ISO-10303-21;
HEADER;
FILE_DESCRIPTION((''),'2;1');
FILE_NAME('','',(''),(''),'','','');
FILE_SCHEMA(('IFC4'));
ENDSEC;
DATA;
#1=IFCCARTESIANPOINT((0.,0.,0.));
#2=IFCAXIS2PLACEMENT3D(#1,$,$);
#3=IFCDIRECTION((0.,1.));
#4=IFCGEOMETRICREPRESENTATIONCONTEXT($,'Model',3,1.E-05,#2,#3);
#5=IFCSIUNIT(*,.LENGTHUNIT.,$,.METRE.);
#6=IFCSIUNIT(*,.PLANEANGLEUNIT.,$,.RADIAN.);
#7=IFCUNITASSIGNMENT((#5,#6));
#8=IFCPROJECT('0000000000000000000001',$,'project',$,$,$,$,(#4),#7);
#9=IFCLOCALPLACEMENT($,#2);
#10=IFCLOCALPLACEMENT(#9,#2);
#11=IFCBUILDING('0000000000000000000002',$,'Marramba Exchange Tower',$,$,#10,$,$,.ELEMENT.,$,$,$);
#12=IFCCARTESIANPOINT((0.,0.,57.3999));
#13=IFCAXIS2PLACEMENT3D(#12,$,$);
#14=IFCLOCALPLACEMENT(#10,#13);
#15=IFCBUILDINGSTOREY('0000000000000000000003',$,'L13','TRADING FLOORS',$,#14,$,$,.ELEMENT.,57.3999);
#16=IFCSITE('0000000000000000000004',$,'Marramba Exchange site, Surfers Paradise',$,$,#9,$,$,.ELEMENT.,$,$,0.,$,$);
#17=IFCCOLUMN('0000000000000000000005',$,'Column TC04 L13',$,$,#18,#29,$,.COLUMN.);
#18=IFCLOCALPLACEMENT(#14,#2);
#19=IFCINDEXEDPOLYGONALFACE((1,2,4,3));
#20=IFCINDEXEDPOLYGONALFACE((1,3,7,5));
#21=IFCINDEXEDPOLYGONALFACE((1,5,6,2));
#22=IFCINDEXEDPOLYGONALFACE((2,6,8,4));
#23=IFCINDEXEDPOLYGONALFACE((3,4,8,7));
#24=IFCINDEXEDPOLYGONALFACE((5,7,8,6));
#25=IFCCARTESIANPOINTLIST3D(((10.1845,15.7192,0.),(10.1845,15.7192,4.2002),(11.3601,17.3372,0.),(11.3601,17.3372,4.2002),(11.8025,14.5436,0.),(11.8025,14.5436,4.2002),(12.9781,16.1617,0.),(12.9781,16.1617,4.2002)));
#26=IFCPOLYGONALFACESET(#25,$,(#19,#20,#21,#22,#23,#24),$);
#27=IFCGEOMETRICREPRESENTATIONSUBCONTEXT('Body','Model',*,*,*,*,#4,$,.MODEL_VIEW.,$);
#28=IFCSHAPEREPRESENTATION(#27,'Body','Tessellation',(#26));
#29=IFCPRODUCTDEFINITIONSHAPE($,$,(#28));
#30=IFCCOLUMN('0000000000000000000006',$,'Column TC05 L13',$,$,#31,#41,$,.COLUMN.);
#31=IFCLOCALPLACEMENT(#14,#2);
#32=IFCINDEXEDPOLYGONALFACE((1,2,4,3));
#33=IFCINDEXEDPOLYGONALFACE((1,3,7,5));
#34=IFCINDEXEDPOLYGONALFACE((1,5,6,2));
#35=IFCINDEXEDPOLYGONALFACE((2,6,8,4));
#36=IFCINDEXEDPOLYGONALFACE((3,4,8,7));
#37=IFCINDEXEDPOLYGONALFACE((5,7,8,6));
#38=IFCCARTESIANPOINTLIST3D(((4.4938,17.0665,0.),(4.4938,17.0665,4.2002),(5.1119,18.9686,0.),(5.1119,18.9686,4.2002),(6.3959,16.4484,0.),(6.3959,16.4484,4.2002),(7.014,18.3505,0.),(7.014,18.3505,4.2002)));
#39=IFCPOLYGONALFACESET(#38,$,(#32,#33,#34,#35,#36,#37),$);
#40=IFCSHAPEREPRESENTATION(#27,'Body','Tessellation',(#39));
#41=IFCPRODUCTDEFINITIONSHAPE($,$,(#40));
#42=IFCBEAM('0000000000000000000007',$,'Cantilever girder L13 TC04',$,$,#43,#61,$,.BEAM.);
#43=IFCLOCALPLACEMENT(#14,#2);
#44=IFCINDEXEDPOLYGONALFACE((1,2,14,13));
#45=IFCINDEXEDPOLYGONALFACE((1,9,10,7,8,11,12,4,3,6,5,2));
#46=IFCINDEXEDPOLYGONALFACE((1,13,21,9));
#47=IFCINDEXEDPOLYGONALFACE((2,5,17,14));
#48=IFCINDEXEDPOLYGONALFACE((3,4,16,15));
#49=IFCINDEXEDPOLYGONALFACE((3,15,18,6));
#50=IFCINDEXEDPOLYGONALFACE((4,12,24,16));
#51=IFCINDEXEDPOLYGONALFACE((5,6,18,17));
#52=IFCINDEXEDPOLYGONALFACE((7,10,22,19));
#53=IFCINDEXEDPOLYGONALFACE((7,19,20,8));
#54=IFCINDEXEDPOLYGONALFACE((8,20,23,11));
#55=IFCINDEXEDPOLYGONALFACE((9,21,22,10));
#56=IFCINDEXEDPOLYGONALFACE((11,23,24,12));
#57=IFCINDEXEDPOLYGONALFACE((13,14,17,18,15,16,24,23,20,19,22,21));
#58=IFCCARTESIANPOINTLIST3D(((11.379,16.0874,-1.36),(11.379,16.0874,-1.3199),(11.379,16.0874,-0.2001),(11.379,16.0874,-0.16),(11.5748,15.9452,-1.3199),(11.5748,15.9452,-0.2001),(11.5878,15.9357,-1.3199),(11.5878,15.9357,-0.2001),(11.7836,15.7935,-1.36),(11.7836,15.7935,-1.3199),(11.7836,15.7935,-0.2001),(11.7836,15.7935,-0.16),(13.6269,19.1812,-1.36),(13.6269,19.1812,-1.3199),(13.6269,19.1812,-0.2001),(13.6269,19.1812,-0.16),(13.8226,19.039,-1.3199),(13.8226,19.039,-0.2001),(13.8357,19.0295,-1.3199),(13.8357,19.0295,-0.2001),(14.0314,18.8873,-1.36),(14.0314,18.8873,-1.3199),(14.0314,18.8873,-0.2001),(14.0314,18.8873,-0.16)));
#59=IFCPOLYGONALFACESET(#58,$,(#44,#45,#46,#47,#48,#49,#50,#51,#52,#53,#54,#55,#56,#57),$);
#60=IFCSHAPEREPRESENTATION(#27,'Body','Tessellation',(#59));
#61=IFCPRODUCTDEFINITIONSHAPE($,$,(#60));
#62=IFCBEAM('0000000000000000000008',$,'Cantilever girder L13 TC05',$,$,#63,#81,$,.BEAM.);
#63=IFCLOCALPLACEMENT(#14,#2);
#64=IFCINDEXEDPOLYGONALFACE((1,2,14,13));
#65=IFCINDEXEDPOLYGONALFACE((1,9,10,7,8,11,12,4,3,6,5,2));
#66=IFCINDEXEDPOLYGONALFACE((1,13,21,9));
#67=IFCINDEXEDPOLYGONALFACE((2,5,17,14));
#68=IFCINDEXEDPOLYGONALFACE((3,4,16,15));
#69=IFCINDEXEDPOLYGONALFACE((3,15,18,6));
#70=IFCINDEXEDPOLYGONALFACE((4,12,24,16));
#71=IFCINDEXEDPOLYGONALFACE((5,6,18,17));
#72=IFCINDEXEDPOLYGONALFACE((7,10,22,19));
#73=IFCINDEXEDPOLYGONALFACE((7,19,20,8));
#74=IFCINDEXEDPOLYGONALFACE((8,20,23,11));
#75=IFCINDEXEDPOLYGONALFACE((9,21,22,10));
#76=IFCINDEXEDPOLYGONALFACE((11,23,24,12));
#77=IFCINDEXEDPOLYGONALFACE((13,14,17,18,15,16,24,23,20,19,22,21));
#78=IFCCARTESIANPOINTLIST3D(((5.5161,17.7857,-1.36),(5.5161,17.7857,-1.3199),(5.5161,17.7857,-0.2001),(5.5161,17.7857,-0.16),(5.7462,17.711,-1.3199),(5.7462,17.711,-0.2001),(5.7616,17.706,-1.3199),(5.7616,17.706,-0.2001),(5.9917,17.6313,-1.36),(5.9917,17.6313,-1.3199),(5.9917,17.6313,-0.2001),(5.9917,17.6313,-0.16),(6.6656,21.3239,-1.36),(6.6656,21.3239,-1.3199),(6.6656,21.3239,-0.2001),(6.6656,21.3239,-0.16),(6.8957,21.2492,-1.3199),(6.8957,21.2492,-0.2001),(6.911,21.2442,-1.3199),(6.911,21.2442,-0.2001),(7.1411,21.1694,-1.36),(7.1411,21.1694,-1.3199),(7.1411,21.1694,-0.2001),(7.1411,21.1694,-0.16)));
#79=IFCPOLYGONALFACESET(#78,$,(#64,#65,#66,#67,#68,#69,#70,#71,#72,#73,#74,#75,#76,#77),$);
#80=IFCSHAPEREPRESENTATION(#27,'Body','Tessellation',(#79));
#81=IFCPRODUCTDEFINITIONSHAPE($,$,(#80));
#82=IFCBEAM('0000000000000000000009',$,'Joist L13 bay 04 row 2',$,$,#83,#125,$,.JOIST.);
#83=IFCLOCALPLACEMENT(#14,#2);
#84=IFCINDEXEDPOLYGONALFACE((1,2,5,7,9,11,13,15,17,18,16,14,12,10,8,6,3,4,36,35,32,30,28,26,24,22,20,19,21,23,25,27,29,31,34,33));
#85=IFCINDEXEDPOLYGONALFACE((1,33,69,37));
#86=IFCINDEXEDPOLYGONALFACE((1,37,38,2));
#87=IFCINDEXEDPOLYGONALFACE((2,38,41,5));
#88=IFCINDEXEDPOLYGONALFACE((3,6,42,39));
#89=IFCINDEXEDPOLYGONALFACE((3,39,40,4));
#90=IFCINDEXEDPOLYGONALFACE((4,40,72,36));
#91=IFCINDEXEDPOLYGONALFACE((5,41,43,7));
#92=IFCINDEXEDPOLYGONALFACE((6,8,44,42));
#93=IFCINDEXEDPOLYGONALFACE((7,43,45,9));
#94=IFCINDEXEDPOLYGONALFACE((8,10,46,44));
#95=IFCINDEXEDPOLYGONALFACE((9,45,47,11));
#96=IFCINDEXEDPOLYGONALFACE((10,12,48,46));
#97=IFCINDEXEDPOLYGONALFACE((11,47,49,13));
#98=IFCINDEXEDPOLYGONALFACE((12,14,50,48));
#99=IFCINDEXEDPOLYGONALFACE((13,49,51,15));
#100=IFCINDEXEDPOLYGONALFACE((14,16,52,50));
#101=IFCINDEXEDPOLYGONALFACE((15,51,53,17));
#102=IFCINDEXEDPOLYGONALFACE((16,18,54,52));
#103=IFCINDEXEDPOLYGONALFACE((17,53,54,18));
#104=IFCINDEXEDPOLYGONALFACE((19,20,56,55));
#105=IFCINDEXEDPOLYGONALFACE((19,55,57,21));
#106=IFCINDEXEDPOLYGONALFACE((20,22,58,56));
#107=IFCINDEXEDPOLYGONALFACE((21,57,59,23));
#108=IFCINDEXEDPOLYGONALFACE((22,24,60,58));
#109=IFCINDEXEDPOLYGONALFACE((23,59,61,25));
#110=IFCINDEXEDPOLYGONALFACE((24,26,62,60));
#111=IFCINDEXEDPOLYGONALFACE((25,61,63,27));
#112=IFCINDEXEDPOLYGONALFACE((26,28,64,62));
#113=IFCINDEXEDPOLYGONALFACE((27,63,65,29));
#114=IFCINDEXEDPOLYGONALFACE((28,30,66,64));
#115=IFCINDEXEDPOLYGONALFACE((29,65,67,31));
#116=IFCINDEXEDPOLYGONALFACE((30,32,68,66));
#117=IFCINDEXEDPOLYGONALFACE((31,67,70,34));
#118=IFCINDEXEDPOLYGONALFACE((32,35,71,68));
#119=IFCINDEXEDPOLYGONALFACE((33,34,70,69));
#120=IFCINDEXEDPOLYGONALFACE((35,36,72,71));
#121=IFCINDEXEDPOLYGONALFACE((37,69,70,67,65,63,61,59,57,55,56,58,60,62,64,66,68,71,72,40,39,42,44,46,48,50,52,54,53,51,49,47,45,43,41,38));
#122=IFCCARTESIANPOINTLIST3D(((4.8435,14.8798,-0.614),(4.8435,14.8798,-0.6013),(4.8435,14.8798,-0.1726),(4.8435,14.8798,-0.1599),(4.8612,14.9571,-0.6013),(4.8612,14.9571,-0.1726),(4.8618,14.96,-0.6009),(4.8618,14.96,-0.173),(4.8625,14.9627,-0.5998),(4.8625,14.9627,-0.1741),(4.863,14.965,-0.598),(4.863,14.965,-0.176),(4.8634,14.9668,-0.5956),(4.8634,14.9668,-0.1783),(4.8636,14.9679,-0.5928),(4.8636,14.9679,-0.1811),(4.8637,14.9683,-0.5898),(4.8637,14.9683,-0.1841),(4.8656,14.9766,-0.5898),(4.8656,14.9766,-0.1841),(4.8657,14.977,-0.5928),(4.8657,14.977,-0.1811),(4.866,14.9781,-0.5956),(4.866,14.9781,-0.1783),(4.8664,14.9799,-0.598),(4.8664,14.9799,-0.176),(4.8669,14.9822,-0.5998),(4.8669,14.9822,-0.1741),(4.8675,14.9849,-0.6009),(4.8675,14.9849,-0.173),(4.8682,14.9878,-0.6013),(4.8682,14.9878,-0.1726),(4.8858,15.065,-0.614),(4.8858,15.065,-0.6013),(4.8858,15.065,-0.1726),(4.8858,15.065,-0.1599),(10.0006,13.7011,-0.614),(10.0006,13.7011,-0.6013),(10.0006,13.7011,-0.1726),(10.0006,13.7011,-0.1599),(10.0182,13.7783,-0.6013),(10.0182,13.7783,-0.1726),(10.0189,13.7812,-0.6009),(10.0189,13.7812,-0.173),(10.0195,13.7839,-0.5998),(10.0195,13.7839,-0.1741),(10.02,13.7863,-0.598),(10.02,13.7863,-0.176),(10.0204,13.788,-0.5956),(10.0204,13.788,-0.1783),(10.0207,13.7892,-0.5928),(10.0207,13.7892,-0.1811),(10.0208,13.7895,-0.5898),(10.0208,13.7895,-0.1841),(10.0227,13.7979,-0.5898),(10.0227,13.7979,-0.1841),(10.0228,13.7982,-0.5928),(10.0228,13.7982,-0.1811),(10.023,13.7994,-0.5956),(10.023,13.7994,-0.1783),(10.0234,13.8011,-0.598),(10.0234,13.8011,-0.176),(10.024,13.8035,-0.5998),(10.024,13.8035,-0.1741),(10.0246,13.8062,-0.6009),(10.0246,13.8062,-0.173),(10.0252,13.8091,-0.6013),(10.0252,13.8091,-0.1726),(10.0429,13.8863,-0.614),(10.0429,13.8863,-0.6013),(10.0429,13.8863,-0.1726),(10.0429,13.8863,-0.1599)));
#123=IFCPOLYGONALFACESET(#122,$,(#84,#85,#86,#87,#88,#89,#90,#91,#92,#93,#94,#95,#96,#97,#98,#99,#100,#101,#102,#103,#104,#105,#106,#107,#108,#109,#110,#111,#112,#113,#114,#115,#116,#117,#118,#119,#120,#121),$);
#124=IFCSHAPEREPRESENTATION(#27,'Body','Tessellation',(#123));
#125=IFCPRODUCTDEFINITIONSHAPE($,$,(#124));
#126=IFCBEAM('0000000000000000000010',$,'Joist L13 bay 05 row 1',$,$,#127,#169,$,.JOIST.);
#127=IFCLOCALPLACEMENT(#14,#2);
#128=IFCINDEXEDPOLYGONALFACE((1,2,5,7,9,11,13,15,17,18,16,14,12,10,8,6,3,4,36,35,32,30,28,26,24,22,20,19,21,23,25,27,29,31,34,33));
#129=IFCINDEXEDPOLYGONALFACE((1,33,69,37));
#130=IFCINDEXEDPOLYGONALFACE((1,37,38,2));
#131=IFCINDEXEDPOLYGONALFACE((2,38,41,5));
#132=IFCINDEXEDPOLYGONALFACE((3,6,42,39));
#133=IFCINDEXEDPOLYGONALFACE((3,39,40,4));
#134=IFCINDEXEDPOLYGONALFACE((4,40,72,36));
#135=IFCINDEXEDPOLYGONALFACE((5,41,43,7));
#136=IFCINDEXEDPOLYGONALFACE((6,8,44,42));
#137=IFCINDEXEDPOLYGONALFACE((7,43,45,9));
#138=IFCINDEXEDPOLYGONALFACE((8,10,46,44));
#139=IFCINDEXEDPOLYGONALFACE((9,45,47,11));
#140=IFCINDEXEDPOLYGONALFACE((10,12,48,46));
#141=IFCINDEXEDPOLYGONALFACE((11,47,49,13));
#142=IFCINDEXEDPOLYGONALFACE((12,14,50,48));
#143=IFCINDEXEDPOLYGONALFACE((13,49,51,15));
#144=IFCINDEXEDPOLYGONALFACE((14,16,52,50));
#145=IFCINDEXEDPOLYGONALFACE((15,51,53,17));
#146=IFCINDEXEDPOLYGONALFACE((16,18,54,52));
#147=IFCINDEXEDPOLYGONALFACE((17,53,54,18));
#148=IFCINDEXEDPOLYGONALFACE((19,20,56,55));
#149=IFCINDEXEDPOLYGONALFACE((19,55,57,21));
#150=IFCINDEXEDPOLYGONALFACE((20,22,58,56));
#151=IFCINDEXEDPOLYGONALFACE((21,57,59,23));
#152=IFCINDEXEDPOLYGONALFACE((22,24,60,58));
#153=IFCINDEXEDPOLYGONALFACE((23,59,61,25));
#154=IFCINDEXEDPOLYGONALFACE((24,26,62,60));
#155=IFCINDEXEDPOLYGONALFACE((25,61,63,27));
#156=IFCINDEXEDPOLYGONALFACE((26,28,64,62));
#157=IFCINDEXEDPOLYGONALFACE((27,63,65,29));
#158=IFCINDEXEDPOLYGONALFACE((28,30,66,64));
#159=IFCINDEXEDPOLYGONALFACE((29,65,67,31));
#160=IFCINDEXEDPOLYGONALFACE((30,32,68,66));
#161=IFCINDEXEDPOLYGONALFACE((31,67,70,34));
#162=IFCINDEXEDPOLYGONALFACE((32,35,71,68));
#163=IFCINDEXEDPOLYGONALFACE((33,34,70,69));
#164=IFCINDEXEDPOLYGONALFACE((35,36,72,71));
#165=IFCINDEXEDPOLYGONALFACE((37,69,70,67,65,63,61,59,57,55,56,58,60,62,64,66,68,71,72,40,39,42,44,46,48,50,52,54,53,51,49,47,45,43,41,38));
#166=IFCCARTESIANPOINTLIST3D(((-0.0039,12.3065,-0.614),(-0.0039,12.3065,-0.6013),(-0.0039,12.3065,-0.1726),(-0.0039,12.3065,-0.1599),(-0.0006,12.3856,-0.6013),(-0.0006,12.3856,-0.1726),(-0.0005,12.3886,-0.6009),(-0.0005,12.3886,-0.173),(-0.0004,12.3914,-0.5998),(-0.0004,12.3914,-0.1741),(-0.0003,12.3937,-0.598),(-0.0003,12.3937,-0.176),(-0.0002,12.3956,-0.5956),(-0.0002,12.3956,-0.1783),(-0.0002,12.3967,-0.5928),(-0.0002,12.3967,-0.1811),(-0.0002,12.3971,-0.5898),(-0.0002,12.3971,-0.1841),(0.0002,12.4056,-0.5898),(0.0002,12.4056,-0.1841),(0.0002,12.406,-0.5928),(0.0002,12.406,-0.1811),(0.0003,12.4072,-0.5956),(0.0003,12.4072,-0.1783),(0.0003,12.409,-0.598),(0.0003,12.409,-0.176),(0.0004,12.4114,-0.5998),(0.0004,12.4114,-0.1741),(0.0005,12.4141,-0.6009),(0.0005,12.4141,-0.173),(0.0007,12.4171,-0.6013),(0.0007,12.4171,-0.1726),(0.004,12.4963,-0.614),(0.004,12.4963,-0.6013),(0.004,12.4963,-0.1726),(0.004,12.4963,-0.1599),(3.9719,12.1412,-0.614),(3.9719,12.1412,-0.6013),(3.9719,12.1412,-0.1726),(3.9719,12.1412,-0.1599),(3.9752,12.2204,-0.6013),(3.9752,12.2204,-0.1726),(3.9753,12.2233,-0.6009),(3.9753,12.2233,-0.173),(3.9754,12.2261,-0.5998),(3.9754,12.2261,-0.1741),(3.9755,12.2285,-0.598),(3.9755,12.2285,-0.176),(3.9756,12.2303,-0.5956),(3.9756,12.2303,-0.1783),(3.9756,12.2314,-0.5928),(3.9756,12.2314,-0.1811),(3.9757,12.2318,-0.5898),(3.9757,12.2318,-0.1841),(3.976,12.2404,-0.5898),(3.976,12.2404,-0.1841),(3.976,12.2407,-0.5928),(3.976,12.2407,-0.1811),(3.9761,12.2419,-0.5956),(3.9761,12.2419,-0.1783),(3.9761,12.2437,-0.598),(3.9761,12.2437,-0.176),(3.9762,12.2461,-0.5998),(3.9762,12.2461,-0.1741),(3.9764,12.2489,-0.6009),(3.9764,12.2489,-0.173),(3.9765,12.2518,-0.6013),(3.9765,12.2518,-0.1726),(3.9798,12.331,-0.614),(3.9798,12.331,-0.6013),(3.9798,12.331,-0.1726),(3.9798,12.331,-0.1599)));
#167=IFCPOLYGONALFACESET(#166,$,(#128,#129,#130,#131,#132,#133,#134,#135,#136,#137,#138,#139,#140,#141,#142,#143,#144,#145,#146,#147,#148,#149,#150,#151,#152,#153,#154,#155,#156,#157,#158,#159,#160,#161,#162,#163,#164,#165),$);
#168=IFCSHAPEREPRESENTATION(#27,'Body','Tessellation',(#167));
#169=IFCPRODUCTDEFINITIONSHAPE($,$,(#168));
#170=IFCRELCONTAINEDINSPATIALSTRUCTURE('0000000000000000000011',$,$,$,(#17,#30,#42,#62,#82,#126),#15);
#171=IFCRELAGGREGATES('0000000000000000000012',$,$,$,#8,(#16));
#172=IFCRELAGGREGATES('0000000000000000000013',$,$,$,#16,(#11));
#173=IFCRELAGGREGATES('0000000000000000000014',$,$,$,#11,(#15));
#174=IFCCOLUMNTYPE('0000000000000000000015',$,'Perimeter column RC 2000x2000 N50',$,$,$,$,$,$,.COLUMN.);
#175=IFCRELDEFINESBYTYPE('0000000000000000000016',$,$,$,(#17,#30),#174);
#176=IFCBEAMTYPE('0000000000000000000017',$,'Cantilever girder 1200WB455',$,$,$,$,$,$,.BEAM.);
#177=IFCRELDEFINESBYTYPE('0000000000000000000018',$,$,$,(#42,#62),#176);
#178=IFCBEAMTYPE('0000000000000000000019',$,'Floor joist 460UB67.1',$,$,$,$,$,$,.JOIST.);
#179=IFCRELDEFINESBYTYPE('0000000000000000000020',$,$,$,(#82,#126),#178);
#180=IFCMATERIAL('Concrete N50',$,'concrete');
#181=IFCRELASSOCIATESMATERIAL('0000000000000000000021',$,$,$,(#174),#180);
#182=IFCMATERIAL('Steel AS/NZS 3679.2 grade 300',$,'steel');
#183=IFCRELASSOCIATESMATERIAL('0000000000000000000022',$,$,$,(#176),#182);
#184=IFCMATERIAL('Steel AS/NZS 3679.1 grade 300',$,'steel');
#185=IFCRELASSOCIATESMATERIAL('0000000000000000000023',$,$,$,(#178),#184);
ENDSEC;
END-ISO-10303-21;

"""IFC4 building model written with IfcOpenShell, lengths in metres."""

from ifc_helpers import new_model, si_unit, direction, frame, origin, origin_2d, place, context, subcontext, project, spatial, rectangle, i_section, extrude, material, material_profile, profile_set, type_object, element, save


model = new_model("IFC4")

# Units and contexts
model_context = context("Model", 3, precision=1e-05, world=origin(), true_north=direction((0.0, 1.0)))
body_context = subcontext(model_context, "Body", "Model", "MODEL_VIEW")
ifc_project = project(units=[si_unit("LENGTHUNIT", "METRE"), si_unit("PLANEANGLEUNIT", "RADIAN")], contexts=[model_context])

# Site, building, storey
site_placement = place(None, origin())
site = spatial("IfcSite", under=ifc_project, at=site_placement, Name="Marramba Exchange site, Surfers Paradise", CompositionType="ELEMENT", RefElevation=0.0)
building_placement = place(site_placement, origin())
building = spatial("IfcBuilding", under=site, at=building_placement, Name="Marramba Exchange Tower", CompositionType="ELEMENT")
storey_placement = place(building_placement, frame((0.0, 0.0, 57.3999)))
storey = spatial("IfcBuildingStorey", under=building, at=storey_placement, Name="L13", Description="TRADING FLOORS", CompositionType="ELEMENT", Elevation=57.3999)

# Columns
ifc_material_1 = material(Name="Concrete N50", Category="concrete")
ifc_material_profile_1 = material_profile(ifc_material_1, rectangle(XDim=2.0, YDim=2.0, at=origin_2d()), Name="RC 2000x2000")
ifc_profile_set_1 = profile_set([ifc_material_profile_1], Name="Concrete N50")
column_type = type_object("IfcColumnType", Name="Perimeter column RC 2000x2000 N50", PredefinedType="COLUMN", material=ifc_profile_set_1)
for number, where, z_axis, x_axis, name in (
    (1, (11.5813, 15.9404, 0.0), (0.0, 0.0, 1.0), (0.587785, 0.809017, 0.0), "Column TC04 L13"),
    (2, (5.7539, 17.7085, 0.0), (0.0, 0.0, 1.0), (0.309017, 0.951057, 0.0), "Column TC05 L13"),
):
    element("IfcColumn", number, at=place(storey_placement, frame(where, z_axis=z_axis, x_axis=x_axis)), inside=storey, type_object=column_type, Name=name, PredefinedType="COLUMN", context=body_context, shape_type="SweptSolid", body=[
        extrude(rectangle(XDim=2.0, YDim=2.0, at=origin_2d()), origin(), (0.0, 0.0, 1.0), 4.2002),
    ])

# Beams
ifc_material_2 = material(Name="Steel AS/NZS 3679.2 grade 300", Category="steel")
ifc_material_profile_2 = material_profile(ifc_material_2, i_section(OverallWidth=0.5, OverallDepth=1.2, WebThickness=0.0161, FlangeThickness=0.04, at=origin_2d()), Name="1200WB455")
ifc_profile_set_2 = profile_set([ifc_material_profile_2], Name="Steel AS/NZS 3679.2 grade 300")
beam_type_1 = type_object("IfcBeamType", Name="Cantilever girder 1200WB455", PredefinedType="BEAM", material=ifc_profile_set_2)
beam_1_placement = place(storey_placement, frame((11.5813, 15.9404, -0.76), z_axis=(0.587796, 0.809009, 0.0), x_axis=(-0.809009, 0.587796, 0.0)))
element("IfcBeam", 3, at=beam_1_placement, inside=storey, type_object=beam_type_1, Name="Cantilever girder L13 TC04", PredefinedType="BEAM", context=body_context, shape_type="SweptSolid", body=[
    extrude(i_section(OverallWidth=0.5, OverallDepth=1.2, WebThickness=0.0161, FlangeThickness=0.04, at=origin_2d()), origin(), (0.0, 0.0, 1.0), 3.8242),
])
beam_2_placement = place(storey_placement, frame((5.7539, 17.7085, -0.76), z_axis=(0.308973, 0.951071, 0.0), x_axis=(-0.951071, 0.308973, 0.0)))
element("IfcBeam", 4, at=beam_2_placement, inside=storey, type_object=beam_type_1, Name="Cantilever girder L13 TC05", PredefinedType="BEAM", context=body_context, shape_type="SweptSolid", body=[
    extrude(i_section(OverallWidth=0.5, OverallDepth=1.2, WebThickness=0.0161, FlangeThickness=0.04, at=origin_2d()), origin(), (0.0, 0.0, 1.0), 3.7202),
])
ifc_material_3 = material(Name="Steel AS/NZS 3679.1 grade 300", Category="steel")
ifc_material_profile_3 = material_profile(ifc_material_3, i_section(OverallWidth=0.1899, OverallDepth=0.4541, WebThickness=0.0085, FlangeThickness=0.0127, FilletRadius=0.0115, at=origin_2d()), Name="460UB67.1")
ifc_profile_set_3 = profile_set([ifc_material_profile_3], Name="Steel AS/NZS 3679.1 grade 300")
beam_type_2 = type_object("IfcBeamType", Name="Floor joist 460UB67.1", PredefinedType="JOIST", material=ifc_profile_set_3)
beam_3_placement = place(storey_placement, frame((10.0217, 13.7937, -0.387), z_axis=(-0.97486, 0.22282, 0.0), x_axis=(-0.22282, -0.97486, 0.0)))
element("IfcBeam", 5, at=beam_3_placement, inside=storey, type_object=beam_type_2, Name="Joist L13 bay 04 row 2", PredefinedType="JOIST", context=body_context, shape_type="SweptSolid", body=[
    extrude(i_section(OverallWidth=0.1899, OverallDepth=0.4541, WebThickness=0.0085, FlangeThickness=0.0127, FilletRadius=0.0115, at=origin_2d()), origin(), (0.0, 0.0, 1.0), 5.29),
])
beam_4_placement = place(storey_placement, frame((3.9758, 12.2361, -0.387), z_axis=(-0.999137, 0.041536, 0.0), x_axis=(-0.041536, -0.999137, 0.0)))
element("IfcBeam", 6, at=beam_4_placement, inside=storey, type_object=beam_type_2, Name="Joist L13 bay 05 row 1", PredefinedType="JOIST", context=body_context, shape_type="SweptSolid", body=[
    extrude(i_section(OverallWidth=0.1899, OverallDepth=0.4541, WebThickness=0.0085, FlangeThickness=0.0127, FilletRadius=0.0115, at=origin_2d()), origin(), (0.0, 0.0, 1.0), 3.9792),
])

save(model, "model.ifc")
